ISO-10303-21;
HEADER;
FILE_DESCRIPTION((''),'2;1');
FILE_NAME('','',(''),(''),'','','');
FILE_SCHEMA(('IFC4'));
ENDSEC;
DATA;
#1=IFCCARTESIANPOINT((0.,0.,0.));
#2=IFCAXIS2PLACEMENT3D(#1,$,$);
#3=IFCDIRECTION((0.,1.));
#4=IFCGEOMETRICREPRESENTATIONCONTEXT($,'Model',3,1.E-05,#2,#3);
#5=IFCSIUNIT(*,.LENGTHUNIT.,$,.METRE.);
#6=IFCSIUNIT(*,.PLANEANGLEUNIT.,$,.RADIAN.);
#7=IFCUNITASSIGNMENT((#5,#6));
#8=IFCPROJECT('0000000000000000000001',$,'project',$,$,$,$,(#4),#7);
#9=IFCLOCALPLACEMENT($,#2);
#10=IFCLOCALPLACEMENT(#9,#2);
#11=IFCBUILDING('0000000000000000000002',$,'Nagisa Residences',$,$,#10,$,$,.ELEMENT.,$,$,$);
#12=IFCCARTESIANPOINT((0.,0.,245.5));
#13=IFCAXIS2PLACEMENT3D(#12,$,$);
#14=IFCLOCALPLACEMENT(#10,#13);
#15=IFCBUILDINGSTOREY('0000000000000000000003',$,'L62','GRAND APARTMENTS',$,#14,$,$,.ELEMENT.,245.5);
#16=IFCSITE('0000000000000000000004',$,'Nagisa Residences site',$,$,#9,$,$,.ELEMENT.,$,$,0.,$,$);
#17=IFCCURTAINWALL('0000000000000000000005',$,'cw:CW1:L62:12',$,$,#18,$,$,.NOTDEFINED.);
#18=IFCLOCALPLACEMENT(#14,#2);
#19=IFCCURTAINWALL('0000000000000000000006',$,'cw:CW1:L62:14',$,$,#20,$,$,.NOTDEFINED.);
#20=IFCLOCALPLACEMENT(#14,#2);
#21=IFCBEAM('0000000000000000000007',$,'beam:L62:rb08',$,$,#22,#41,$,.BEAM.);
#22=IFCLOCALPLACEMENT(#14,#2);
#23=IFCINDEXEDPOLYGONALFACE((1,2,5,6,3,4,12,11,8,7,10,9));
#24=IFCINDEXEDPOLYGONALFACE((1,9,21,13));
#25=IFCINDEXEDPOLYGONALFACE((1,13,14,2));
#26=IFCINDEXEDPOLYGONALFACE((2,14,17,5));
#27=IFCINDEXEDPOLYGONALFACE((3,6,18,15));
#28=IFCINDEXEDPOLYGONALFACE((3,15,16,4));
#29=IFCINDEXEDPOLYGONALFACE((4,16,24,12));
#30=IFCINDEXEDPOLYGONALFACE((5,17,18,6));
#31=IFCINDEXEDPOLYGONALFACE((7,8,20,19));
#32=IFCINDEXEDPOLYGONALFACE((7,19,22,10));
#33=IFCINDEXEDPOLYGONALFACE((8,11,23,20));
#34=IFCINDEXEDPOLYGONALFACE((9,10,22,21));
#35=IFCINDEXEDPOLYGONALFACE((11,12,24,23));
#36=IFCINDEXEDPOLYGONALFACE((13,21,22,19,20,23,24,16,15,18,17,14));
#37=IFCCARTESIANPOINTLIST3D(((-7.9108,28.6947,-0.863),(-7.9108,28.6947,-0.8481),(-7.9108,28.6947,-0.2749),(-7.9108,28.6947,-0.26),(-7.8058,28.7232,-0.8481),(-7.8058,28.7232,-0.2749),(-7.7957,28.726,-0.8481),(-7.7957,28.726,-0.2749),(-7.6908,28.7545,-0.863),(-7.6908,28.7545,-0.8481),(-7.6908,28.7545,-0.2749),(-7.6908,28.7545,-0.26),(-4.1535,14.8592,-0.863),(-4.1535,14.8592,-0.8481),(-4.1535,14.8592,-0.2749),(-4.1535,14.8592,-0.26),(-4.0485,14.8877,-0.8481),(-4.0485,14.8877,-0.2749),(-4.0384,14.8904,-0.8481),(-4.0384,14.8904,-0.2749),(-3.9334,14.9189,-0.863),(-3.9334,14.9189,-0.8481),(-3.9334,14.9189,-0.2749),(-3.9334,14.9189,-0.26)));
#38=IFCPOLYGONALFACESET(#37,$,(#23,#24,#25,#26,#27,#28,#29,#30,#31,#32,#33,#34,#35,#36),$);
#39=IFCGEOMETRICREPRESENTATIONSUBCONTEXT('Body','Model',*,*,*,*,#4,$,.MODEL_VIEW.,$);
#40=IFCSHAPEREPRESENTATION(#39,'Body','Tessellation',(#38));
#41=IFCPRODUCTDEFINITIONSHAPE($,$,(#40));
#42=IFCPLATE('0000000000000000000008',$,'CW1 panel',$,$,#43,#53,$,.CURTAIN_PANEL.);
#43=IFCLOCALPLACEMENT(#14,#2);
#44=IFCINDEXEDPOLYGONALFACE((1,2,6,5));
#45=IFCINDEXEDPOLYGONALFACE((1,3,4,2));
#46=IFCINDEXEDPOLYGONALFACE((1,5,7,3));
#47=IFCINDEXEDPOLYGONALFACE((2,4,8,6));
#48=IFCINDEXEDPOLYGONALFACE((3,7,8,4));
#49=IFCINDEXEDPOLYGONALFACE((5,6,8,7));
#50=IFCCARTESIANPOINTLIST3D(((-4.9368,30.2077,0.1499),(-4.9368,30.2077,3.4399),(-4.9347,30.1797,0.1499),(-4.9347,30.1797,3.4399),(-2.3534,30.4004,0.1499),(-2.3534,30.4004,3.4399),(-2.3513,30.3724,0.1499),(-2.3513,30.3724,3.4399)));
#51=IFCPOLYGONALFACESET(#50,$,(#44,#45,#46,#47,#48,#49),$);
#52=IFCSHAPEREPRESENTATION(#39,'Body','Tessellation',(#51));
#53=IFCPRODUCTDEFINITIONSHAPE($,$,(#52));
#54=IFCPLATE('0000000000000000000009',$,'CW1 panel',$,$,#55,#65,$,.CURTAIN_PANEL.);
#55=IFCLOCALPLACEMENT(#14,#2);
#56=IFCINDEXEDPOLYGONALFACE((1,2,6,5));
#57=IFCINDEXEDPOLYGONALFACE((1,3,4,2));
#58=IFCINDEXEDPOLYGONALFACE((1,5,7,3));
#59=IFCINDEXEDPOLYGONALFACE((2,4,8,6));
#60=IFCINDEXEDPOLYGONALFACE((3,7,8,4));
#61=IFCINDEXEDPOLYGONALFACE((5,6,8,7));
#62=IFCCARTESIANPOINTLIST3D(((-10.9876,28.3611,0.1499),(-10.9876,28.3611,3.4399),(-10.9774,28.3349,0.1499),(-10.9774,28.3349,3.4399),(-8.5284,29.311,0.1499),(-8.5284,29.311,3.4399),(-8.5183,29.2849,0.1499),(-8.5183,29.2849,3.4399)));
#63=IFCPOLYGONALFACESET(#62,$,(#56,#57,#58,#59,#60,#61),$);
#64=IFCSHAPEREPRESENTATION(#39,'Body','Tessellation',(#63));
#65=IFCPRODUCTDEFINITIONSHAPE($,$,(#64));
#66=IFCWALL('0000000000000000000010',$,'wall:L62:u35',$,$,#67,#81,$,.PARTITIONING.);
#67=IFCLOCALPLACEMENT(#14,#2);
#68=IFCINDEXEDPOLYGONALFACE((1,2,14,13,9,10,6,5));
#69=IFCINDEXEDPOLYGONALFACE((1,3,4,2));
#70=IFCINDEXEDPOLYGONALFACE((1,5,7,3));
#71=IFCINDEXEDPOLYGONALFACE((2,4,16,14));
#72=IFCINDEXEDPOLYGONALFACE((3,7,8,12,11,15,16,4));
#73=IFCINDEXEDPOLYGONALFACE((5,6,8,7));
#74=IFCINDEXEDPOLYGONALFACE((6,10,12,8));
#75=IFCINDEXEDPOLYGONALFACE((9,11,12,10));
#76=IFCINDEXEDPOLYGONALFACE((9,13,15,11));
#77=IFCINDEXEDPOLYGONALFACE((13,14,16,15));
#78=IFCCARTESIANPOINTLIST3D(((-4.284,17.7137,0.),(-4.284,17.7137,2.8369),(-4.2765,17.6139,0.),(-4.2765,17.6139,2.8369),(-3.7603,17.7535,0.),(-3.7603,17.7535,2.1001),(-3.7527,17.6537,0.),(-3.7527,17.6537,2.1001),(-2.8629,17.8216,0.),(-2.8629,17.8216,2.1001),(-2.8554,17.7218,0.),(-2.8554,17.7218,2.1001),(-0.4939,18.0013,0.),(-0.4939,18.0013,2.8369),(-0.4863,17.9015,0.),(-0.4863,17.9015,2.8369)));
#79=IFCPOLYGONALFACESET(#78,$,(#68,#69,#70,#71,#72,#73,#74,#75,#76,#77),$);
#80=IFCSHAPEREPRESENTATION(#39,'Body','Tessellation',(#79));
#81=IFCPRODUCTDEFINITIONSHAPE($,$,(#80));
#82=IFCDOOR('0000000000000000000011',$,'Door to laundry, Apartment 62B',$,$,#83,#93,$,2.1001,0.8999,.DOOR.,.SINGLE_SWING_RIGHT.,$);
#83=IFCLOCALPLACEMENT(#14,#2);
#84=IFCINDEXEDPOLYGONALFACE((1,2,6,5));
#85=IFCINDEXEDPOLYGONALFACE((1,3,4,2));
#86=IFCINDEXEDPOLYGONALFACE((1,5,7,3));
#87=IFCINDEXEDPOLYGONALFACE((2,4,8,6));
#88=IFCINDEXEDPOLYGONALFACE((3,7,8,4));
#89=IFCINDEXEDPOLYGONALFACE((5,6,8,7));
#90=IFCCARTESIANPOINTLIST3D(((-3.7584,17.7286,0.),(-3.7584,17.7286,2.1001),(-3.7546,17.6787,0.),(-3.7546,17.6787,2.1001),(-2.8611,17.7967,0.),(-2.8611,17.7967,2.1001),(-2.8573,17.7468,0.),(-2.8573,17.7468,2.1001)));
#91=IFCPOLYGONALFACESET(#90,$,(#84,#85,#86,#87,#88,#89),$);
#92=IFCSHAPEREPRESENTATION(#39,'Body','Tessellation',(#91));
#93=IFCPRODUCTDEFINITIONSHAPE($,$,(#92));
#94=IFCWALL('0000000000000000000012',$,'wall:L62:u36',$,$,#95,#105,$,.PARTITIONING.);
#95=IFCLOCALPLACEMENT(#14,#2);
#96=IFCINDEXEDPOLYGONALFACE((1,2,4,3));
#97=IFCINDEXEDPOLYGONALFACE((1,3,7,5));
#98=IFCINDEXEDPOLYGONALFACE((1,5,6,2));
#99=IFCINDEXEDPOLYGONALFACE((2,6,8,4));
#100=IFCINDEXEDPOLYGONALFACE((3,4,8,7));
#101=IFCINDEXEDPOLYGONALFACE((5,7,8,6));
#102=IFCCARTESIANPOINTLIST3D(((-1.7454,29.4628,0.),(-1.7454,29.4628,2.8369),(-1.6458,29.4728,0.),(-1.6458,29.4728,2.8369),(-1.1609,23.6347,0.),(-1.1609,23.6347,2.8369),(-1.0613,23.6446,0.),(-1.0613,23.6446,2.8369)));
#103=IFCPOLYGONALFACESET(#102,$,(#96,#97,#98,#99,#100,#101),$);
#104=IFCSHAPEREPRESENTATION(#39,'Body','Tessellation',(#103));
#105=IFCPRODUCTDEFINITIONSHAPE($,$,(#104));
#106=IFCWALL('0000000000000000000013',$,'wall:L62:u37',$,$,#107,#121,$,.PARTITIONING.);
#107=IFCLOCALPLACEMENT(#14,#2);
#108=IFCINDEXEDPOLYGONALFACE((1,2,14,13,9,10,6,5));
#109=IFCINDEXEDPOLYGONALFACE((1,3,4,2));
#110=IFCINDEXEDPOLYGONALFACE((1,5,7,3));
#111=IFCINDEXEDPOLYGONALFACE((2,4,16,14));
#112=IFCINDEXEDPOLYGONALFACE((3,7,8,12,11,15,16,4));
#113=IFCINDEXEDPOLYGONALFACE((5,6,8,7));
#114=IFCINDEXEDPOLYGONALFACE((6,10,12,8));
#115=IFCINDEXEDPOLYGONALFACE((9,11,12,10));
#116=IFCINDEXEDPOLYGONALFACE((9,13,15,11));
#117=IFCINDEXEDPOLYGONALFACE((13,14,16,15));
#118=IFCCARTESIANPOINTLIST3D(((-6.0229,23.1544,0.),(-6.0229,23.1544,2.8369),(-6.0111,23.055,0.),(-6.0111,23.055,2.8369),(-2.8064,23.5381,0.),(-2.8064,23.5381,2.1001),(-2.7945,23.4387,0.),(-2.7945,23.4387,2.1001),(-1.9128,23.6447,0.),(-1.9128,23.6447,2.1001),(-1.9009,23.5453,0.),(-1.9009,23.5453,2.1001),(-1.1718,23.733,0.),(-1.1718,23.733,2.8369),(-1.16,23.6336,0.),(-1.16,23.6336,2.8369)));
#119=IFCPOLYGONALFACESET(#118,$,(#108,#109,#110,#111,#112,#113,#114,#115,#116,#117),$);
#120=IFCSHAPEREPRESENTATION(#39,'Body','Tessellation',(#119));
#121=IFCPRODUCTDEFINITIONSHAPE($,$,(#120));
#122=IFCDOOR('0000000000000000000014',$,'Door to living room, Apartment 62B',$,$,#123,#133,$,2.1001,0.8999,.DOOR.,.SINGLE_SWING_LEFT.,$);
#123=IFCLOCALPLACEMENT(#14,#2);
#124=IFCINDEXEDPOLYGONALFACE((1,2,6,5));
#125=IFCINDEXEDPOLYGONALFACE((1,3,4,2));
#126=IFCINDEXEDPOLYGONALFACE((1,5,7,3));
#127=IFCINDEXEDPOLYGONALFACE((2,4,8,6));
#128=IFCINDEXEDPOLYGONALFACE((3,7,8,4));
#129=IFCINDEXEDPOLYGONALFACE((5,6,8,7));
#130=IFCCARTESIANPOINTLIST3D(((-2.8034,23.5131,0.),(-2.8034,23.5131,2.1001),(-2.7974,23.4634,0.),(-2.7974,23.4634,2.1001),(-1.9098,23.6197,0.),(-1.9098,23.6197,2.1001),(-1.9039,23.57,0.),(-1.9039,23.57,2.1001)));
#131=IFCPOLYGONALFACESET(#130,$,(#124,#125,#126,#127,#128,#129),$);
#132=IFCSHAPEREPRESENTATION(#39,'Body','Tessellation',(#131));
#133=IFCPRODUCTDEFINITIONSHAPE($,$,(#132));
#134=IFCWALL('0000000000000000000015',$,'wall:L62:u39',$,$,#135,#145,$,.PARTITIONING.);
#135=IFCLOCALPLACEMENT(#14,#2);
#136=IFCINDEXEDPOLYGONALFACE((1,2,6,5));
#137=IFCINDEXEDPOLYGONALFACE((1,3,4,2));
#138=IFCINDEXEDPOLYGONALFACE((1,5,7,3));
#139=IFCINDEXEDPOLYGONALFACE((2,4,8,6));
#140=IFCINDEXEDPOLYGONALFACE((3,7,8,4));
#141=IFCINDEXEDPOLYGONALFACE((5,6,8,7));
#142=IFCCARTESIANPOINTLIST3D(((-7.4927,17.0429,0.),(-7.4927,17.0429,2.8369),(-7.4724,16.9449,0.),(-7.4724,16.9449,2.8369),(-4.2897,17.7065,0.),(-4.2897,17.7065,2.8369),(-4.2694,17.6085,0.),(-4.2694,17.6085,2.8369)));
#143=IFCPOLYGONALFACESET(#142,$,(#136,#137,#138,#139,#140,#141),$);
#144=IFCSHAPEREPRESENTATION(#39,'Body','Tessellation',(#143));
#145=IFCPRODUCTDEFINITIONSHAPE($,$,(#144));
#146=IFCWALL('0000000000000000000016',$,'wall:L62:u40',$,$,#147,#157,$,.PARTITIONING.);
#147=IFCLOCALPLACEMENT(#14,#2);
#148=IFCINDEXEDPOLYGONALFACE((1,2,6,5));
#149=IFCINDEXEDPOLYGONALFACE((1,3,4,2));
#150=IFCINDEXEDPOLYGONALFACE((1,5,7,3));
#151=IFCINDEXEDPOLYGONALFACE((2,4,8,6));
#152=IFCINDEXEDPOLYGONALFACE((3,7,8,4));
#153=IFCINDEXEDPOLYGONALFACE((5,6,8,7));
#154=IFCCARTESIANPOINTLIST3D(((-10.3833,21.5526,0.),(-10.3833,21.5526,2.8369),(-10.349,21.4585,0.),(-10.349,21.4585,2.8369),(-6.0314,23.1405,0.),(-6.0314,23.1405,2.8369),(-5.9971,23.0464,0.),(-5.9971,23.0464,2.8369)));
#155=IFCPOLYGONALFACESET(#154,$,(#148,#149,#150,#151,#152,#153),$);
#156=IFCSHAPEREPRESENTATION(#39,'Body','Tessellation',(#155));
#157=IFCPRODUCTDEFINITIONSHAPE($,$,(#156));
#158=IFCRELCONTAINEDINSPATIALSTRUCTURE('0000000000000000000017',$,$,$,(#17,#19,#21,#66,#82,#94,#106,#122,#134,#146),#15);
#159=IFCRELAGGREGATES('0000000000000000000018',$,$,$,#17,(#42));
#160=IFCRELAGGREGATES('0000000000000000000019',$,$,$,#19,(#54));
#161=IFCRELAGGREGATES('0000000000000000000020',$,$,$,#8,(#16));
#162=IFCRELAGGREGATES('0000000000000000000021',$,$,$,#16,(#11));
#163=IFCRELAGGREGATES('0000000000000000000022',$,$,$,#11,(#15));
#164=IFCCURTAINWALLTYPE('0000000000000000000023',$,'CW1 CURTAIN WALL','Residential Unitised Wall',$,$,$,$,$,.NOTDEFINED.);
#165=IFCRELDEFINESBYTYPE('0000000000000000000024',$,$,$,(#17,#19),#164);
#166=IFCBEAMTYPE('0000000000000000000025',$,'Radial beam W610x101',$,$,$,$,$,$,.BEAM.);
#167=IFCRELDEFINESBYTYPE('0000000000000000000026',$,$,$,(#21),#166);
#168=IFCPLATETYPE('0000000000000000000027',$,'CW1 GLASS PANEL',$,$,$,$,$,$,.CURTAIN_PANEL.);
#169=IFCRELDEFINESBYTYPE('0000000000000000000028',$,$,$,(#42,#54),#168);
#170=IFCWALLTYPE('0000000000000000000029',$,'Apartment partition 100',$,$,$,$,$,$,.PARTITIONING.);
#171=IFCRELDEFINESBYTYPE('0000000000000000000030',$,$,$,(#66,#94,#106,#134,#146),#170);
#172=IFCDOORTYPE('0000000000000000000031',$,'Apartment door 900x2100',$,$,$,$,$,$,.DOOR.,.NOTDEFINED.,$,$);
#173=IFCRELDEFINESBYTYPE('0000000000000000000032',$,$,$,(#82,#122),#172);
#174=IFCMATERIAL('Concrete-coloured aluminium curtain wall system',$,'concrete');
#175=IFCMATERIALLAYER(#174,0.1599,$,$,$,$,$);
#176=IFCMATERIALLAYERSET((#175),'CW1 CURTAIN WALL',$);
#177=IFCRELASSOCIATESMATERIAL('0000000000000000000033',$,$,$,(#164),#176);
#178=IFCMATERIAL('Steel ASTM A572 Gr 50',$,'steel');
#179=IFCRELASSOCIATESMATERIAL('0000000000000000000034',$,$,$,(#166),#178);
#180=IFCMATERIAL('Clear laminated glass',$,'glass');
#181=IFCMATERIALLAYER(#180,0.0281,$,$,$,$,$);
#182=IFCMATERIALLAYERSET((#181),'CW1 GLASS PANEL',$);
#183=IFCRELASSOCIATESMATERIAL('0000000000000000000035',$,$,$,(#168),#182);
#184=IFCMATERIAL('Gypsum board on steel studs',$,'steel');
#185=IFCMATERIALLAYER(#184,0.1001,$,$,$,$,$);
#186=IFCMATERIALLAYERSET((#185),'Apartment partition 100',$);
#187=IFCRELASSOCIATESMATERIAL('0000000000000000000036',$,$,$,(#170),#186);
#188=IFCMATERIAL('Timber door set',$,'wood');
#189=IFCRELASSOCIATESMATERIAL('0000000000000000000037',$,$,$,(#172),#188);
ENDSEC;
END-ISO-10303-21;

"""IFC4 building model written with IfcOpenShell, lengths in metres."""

from ifc_helpers import new_model, si_unit, direction, frame, frame_2d, origin, origin_2d, place, context, subcontext, project, spatial, rectangle, i_section, extrude, material, layer, layer_set, material_profile, profile_set, type_object, element, fill, aggregate, save


model = new_model("IFC4")

# Units and contexts
model_context = context("Model", 3, precision=1e-05, world=origin(), true_north=direction((0.0, 1.0)))
body_context = subcontext(model_context, "Body", "Model", "MODEL_VIEW")
ifc_project = project(units=[si_unit("LENGTHUNIT", "METRE"), si_unit("PLANEANGLEUNIT", "RADIAN")], contexts=[model_context])

# Site, building, storey
site_placement = place(None, origin())
site = spatial("IfcSite", under=ifc_project, at=site_placement, Name="Nagisa Residences site", CompositionType="ELEMENT", RefElevation=0.0)
building_placement = place(site_placement, origin())
building = spatial("IfcBuilding", under=site, at=building_placement, Name="Nagisa Residences", CompositionType="ELEMENT")
storey_placement = place(building_placement, frame((0.0, 0.0, 245.5)))
storey = spatial("IfcBuildingStorey", under=building, at=storey_placement, Name="L62", Description="GRAND APARTMENTS", CompositionType="ELEMENT", Elevation=245.5)

# Curtain walls
ifc_material_1 = material(Name="Concrete-coloured aluminium curtain wall system", Category="concrete")
ifc_layer_1 = layer(ifc_material_1, 0.1599)
ifc_layer_set_1 = layer_set([ifc_layer_1], Name="CW1 CURTAIN WALL")
curtain_wall_type = type_object("IfcCurtainWallType", Name="CW1 CURTAIN WALL", Description="Residential Unitised Wall", PredefinedType="NOTDEFINED", material=ifc_layer_set_1)
curtain_wall_1_placement = place(storey_placement, origin())
curtain_wall_1 = element("IfcCurtainWall", 1, at=curtain_wall_1_placement, inside=storey, type_object=curtain_wall_type, Name="cw:CW1:L62:12", PredefinedType="NOTDEFINED")
curtain_wall_2_placement = place(storey_placement, origin())
curtain_wall_2 = element("IfcCurtainWall", 2, at=curtain_wall_2_placement, inside=storey, type_object=curtain_wall_type, Name="cw:CW1:L62:14", PredefinedType="NOTDEFINED")

# Beam
ifc_material_2 = material(Name="Steel ASTM A572 Gr 50", Category="steel")
ifc_material_profile_1 = material_profile(ifc_material_2, i_section(OverallWidth=0.228, OverallDepth=0.603, WebThickness=0.0105, FlangeThickness=0.0149, at=origin_2d()), Name="W610x101")
ifc_profile_set_1 = profile_set([ifc_material_profile_1], Name="Steel ASTM A572 Gr 50")
beam_type_1 = type_object("IfcBeamType", Name="Radial beam W610x101", PredefinedType="BEAM", material=ifc_profile_set_1)
beam_1_placement = place(storey_placement, frame((-7.8008, 28.7246, -0.5615), z_axis=(0.26208, -0.965046, 0.0), x_axis=(0.965046, 0.26208, 0.0)))
element("IfcBeam", 3, at=beam_1_placement, inside=storey, type_object=beam_type_1, Name="beam:L62:rb08", PredefinedType="BEAM", context=body_context, shape_type="SweptSolid", body=[
    extrude(i_section(OverallWidth=0.228, OverallDepth=0.603, WebThickness=0.0105, FlangeThickness=0.0149, at=origin_2d()), origin(), (0.0, 0.0, 1.0), 14.3367),
])

# Plates
ifc_material_3 = material(Name="Clear laminated glass", Category="glass")
ifc_layer_2 = layer(ifc_material_3, 0.0281)
ifc_layer_set_2 = layer_set([ifc_layer_2], Name="CW1 GLASS PANEL")
plate_type = type_object("IfcPlateType", Name="CW1 GLASS PANEL", PredefinedType="CURTAIN_PANEL", material=ifc_layer_set_2)
plate_1_placement = place(storey_placement, frame((-3.644, 30.29, 0.1499), z_axis=(0.0, 0.0, 1.0), x_axis=(-0.99723, -0.074377, 0.0)))
plate_1 = element("IfcPlate", 4, at=plate_1_placement, type_object=plate_type, Name="CW1 panel", PredefinedType="CURTAIN_PANEL", context=body_context, shape_type="SweptSolid", body=[
    extrude(rectangle(XDim=2.5906, YDim=0.0281, at=origin_2d()), origin(), (0.0, 0.0, 1.0), 3.29),
])
aggregate(curtain_wall_1, [plate_1])
plate_2_placement = place(storey_placement, frame((-9.7529, 28.823, 0.1499), z_axis=(0.0, 0.0, 1.0), x_axis=(-0.932826, -0.360328, 0.0)))
plate_2 = element("IfcPlate", 5, at=plate_2_placement, type_object=plate_type, Name="CW1 panel", PredefinedType="CURTAIN_PANEL", context=body_context, shape_type="SweptSolid", body=[
    extrude(rectangle(XDim=2.6362, YDim=0.0281, at=origin_2d()), origin(), (0.0, 0.0, 1.0), 3.29),
])
aggregate(curtain_wall_2, [plate_2])

# Wall, opening, door
ifc_material_4 = material(Name="Gypsum board on steel studs", Category="steel")
ifc_layer_3 = layer(ifc_material_4, 0.1001)
ifc_layer_set_3 = layer_set([ifc_layer_3], Name="Apartment partition 100")
wall_type_1 = type_object("IfcWallType", Name="Apartment partition 100", PredefinedType="PARTITIONING", material=ifc_layer_set_3)
wall_1_placement = place(storey_placement, frame((-0.4902, 17.9514, 0.0), z_axis=(0.0, 0.0, 1.0), x_axis=(-0.997133, -0.075665, 0.0)))
wall_1 = element("IfcWall", 6, at=wall_1_placement, inside=storey, type_object=wall_type_1, Name="wall:L62:u35", PredefinedType="PARTITIONING", context=body_context, shape_type="SweptSolid", body=[
    extrude(rectangle(XDim=3.801, YDim=0.1001, at=frame_2d((1.9004, 0.0))), origin(), (0.0, 0.0, 1.0), 2.8369),
])
opening_1_placement = place(wall_1_placement, frame((2.3757, 0.0, 0.0)))
opening_1 = element("IfcOpeningElement", 7, at=opening_1_placement, cuts=wall_1, PredefinedType="OPENING", context=body_context, shape_type="SweptSolid", body=[
    extrude(rectangle(XDim=0.8999, YDim=2.1001, at=frame_2d((0.45, 1.05))), frame((0.0, 0.0601, 0.0), z_axis=(0.0, -1.0, 0.0), x_axis=(1.0, 0.0, 0.0)), (0.0, 0.0, 1.0), 0.1201),
])
ifc_material_5 = material(Name="Timber door set", Category="wood")
door_type_1 = type_object("IfcDoorType", Name="Apartment door 900x2100", OperationType="NOTDEFINED", PredefinedType="DOOR", material=ifc_material_5)
door_1_placement = place(opening_1_placement, origin())
door_1 = element("IfcDoor", 8, at=door_1_placement, inside=storey, type_object=door_type_1, Name="Door to laundry, Apartment 62B", OperationType="SINGLE_SWING_RIGHT", OverallHeight=2.1001, OverallWidth=0.8999, PredefinedType="DOOR", context=body_context, shape_type="SweptSolid", body=[
    extrude(rectangle(XDim=0.8999, YDim=2.1001, at=frame_2d((0.45, 1.05))), frame((0.0, 0.0249, 0.0), z_axis=(0.0, -1.0, 0.0), x_axis=(1.0, 0.0, 0.0)), (0.0, 0.0, 1.0), 0.05),
])
fill(opening_1, door_1)

# Wall
wall_2_placement = place(storey_placement, frame((-1.1111, 23.6396, 0.0), z_axis=(0.0, 0.0, 1.0), x_axis=(-0.099784, 0.995009, 0.0)))
element("IfcWall", 9, at=wall_2_placement, inside=storey, type_object=wall_type_1, Name="wall:L62:u36", PredefinedType="PARTITIONING", context=body_context, shape_type="SweptSolid", body=[
    extrude(rectangle(XDim=5.8574, YDim=0.1001, at=frame_2d((2.9287, 0.0))), origin(), (0.0, 0.0, 1.0), 2.8369),
])

# Wall, opening, door
wall_3_placement = place(storey_placement, frame((-1.1658, 23.6833, 0.0), z_axis=(0.0, 0.0, 1.0), x_axis=(-0.992962, -0.118436, 0.0)))
wall_3 = element("IfcWall", 10, at=wall_3_placement, inside=storey, type_object=wall_type_1, Name="wall:L62:u37", PredefinedType="PARTITIONING", context=body_context, shape_type="SweptSolid", body=[
    extrude(rectangle(XDim=4.8855, YDim=0.1001, at=frame_2d((2.4429, 0.0))), origin(), (0.0, 0.0, 1.0), 2.8369),
])
opening_2_placement = place(wall_3_placement, frame((0.7463, 0.0, 0.0)))
opening_2 = element("IfcOpeningElement", 11, at=opening_2_placement, cuts=wall_3, PredefinedType="OPENING", context=body_context, shape_type="SweptSolid", body=[
    extrude(rectangle(XDim=0.8999, YDim=2.1001, at=frame_2d((0.45, 1.05))), frame((0.0, 0.0601, 0.0), z_axis=(0.0, -1.0, 0.0), x_axis=(1.0, 0.0, 0.0)), (0.0, 0.0, 1.0), 0.1201),
])
door_2_placement = place(opening_2_placement, frame((0.8999, 0.0, 0.0), x_axis=(-1.0, 0.0, 0.0)))
door_2 = element("IfcDoor", 12, at=door_2_placement, inside=storey, type_object=door_type_1, Name="Door to living room, Apartment 62B", OperationType="SINGLE_SWING_LEFT", OverallHeight=2.1001, OverallWidth=0.8999, PredefinedType="DOOR", context=body_context, shape_type="SweptSolid", body=[
    extrude(rectangle(XDim=0.8999, YDim=2.1001, at=frame_2d((0.45, 1.05))), frame((0.0, 0.0249, 0.0), z_axis=(0.0, -1.0, 0.0), x_axis=(1.0, 0.0, 0.0)), (0.0, 0.0, 1.0), 0.05),
])
fill(opening_2, door_2)

# Walls
wall_4_placement = place(storey_placement, frame((-4.2795, 17.6575, 0.0), z_axis=(0.0, 0.0, 1.0), x_axis=(-0.979205, -0.202872, 0.0)))
element("IfcWall", 13, at=wall_4_placement, inside=storey, type_object=wall_type_1, Name="wall:L62:u39", PredefinedType="PARTITIONING", context=body_context, shape_type="SweptSolid", body=[
    extrude(rectangle(XDim=3.271, YDim=0.1001, at=frame_2d((1.6355, 0.0))), origin(), (0.0, 0.0, 1.0), 2.8369),
])
wall_5_placement = place(storey_placement, frame((-6.0142, 23.0935, 0.0), z_axis=(0.0, 0.0, 1.0), x_axis=(-0.939417, -0.342775, 0.0)))
element("IfcWall", 14, at=wall_5_placement, inside=storey, type_object=wall_type_1, Name="wall:L62:u40", PredefinedType="PARTITIONING", context=body_context, shape_type="SweptSolid", body=[
    extrude(rectangle(XDim=4.6326, YDim=0.1001, at=frame_2d((2.3164, 0.0))), origin(), (0.0, 0.0, 1.0), 2.8369),
])

save(model, "model.ifc")
